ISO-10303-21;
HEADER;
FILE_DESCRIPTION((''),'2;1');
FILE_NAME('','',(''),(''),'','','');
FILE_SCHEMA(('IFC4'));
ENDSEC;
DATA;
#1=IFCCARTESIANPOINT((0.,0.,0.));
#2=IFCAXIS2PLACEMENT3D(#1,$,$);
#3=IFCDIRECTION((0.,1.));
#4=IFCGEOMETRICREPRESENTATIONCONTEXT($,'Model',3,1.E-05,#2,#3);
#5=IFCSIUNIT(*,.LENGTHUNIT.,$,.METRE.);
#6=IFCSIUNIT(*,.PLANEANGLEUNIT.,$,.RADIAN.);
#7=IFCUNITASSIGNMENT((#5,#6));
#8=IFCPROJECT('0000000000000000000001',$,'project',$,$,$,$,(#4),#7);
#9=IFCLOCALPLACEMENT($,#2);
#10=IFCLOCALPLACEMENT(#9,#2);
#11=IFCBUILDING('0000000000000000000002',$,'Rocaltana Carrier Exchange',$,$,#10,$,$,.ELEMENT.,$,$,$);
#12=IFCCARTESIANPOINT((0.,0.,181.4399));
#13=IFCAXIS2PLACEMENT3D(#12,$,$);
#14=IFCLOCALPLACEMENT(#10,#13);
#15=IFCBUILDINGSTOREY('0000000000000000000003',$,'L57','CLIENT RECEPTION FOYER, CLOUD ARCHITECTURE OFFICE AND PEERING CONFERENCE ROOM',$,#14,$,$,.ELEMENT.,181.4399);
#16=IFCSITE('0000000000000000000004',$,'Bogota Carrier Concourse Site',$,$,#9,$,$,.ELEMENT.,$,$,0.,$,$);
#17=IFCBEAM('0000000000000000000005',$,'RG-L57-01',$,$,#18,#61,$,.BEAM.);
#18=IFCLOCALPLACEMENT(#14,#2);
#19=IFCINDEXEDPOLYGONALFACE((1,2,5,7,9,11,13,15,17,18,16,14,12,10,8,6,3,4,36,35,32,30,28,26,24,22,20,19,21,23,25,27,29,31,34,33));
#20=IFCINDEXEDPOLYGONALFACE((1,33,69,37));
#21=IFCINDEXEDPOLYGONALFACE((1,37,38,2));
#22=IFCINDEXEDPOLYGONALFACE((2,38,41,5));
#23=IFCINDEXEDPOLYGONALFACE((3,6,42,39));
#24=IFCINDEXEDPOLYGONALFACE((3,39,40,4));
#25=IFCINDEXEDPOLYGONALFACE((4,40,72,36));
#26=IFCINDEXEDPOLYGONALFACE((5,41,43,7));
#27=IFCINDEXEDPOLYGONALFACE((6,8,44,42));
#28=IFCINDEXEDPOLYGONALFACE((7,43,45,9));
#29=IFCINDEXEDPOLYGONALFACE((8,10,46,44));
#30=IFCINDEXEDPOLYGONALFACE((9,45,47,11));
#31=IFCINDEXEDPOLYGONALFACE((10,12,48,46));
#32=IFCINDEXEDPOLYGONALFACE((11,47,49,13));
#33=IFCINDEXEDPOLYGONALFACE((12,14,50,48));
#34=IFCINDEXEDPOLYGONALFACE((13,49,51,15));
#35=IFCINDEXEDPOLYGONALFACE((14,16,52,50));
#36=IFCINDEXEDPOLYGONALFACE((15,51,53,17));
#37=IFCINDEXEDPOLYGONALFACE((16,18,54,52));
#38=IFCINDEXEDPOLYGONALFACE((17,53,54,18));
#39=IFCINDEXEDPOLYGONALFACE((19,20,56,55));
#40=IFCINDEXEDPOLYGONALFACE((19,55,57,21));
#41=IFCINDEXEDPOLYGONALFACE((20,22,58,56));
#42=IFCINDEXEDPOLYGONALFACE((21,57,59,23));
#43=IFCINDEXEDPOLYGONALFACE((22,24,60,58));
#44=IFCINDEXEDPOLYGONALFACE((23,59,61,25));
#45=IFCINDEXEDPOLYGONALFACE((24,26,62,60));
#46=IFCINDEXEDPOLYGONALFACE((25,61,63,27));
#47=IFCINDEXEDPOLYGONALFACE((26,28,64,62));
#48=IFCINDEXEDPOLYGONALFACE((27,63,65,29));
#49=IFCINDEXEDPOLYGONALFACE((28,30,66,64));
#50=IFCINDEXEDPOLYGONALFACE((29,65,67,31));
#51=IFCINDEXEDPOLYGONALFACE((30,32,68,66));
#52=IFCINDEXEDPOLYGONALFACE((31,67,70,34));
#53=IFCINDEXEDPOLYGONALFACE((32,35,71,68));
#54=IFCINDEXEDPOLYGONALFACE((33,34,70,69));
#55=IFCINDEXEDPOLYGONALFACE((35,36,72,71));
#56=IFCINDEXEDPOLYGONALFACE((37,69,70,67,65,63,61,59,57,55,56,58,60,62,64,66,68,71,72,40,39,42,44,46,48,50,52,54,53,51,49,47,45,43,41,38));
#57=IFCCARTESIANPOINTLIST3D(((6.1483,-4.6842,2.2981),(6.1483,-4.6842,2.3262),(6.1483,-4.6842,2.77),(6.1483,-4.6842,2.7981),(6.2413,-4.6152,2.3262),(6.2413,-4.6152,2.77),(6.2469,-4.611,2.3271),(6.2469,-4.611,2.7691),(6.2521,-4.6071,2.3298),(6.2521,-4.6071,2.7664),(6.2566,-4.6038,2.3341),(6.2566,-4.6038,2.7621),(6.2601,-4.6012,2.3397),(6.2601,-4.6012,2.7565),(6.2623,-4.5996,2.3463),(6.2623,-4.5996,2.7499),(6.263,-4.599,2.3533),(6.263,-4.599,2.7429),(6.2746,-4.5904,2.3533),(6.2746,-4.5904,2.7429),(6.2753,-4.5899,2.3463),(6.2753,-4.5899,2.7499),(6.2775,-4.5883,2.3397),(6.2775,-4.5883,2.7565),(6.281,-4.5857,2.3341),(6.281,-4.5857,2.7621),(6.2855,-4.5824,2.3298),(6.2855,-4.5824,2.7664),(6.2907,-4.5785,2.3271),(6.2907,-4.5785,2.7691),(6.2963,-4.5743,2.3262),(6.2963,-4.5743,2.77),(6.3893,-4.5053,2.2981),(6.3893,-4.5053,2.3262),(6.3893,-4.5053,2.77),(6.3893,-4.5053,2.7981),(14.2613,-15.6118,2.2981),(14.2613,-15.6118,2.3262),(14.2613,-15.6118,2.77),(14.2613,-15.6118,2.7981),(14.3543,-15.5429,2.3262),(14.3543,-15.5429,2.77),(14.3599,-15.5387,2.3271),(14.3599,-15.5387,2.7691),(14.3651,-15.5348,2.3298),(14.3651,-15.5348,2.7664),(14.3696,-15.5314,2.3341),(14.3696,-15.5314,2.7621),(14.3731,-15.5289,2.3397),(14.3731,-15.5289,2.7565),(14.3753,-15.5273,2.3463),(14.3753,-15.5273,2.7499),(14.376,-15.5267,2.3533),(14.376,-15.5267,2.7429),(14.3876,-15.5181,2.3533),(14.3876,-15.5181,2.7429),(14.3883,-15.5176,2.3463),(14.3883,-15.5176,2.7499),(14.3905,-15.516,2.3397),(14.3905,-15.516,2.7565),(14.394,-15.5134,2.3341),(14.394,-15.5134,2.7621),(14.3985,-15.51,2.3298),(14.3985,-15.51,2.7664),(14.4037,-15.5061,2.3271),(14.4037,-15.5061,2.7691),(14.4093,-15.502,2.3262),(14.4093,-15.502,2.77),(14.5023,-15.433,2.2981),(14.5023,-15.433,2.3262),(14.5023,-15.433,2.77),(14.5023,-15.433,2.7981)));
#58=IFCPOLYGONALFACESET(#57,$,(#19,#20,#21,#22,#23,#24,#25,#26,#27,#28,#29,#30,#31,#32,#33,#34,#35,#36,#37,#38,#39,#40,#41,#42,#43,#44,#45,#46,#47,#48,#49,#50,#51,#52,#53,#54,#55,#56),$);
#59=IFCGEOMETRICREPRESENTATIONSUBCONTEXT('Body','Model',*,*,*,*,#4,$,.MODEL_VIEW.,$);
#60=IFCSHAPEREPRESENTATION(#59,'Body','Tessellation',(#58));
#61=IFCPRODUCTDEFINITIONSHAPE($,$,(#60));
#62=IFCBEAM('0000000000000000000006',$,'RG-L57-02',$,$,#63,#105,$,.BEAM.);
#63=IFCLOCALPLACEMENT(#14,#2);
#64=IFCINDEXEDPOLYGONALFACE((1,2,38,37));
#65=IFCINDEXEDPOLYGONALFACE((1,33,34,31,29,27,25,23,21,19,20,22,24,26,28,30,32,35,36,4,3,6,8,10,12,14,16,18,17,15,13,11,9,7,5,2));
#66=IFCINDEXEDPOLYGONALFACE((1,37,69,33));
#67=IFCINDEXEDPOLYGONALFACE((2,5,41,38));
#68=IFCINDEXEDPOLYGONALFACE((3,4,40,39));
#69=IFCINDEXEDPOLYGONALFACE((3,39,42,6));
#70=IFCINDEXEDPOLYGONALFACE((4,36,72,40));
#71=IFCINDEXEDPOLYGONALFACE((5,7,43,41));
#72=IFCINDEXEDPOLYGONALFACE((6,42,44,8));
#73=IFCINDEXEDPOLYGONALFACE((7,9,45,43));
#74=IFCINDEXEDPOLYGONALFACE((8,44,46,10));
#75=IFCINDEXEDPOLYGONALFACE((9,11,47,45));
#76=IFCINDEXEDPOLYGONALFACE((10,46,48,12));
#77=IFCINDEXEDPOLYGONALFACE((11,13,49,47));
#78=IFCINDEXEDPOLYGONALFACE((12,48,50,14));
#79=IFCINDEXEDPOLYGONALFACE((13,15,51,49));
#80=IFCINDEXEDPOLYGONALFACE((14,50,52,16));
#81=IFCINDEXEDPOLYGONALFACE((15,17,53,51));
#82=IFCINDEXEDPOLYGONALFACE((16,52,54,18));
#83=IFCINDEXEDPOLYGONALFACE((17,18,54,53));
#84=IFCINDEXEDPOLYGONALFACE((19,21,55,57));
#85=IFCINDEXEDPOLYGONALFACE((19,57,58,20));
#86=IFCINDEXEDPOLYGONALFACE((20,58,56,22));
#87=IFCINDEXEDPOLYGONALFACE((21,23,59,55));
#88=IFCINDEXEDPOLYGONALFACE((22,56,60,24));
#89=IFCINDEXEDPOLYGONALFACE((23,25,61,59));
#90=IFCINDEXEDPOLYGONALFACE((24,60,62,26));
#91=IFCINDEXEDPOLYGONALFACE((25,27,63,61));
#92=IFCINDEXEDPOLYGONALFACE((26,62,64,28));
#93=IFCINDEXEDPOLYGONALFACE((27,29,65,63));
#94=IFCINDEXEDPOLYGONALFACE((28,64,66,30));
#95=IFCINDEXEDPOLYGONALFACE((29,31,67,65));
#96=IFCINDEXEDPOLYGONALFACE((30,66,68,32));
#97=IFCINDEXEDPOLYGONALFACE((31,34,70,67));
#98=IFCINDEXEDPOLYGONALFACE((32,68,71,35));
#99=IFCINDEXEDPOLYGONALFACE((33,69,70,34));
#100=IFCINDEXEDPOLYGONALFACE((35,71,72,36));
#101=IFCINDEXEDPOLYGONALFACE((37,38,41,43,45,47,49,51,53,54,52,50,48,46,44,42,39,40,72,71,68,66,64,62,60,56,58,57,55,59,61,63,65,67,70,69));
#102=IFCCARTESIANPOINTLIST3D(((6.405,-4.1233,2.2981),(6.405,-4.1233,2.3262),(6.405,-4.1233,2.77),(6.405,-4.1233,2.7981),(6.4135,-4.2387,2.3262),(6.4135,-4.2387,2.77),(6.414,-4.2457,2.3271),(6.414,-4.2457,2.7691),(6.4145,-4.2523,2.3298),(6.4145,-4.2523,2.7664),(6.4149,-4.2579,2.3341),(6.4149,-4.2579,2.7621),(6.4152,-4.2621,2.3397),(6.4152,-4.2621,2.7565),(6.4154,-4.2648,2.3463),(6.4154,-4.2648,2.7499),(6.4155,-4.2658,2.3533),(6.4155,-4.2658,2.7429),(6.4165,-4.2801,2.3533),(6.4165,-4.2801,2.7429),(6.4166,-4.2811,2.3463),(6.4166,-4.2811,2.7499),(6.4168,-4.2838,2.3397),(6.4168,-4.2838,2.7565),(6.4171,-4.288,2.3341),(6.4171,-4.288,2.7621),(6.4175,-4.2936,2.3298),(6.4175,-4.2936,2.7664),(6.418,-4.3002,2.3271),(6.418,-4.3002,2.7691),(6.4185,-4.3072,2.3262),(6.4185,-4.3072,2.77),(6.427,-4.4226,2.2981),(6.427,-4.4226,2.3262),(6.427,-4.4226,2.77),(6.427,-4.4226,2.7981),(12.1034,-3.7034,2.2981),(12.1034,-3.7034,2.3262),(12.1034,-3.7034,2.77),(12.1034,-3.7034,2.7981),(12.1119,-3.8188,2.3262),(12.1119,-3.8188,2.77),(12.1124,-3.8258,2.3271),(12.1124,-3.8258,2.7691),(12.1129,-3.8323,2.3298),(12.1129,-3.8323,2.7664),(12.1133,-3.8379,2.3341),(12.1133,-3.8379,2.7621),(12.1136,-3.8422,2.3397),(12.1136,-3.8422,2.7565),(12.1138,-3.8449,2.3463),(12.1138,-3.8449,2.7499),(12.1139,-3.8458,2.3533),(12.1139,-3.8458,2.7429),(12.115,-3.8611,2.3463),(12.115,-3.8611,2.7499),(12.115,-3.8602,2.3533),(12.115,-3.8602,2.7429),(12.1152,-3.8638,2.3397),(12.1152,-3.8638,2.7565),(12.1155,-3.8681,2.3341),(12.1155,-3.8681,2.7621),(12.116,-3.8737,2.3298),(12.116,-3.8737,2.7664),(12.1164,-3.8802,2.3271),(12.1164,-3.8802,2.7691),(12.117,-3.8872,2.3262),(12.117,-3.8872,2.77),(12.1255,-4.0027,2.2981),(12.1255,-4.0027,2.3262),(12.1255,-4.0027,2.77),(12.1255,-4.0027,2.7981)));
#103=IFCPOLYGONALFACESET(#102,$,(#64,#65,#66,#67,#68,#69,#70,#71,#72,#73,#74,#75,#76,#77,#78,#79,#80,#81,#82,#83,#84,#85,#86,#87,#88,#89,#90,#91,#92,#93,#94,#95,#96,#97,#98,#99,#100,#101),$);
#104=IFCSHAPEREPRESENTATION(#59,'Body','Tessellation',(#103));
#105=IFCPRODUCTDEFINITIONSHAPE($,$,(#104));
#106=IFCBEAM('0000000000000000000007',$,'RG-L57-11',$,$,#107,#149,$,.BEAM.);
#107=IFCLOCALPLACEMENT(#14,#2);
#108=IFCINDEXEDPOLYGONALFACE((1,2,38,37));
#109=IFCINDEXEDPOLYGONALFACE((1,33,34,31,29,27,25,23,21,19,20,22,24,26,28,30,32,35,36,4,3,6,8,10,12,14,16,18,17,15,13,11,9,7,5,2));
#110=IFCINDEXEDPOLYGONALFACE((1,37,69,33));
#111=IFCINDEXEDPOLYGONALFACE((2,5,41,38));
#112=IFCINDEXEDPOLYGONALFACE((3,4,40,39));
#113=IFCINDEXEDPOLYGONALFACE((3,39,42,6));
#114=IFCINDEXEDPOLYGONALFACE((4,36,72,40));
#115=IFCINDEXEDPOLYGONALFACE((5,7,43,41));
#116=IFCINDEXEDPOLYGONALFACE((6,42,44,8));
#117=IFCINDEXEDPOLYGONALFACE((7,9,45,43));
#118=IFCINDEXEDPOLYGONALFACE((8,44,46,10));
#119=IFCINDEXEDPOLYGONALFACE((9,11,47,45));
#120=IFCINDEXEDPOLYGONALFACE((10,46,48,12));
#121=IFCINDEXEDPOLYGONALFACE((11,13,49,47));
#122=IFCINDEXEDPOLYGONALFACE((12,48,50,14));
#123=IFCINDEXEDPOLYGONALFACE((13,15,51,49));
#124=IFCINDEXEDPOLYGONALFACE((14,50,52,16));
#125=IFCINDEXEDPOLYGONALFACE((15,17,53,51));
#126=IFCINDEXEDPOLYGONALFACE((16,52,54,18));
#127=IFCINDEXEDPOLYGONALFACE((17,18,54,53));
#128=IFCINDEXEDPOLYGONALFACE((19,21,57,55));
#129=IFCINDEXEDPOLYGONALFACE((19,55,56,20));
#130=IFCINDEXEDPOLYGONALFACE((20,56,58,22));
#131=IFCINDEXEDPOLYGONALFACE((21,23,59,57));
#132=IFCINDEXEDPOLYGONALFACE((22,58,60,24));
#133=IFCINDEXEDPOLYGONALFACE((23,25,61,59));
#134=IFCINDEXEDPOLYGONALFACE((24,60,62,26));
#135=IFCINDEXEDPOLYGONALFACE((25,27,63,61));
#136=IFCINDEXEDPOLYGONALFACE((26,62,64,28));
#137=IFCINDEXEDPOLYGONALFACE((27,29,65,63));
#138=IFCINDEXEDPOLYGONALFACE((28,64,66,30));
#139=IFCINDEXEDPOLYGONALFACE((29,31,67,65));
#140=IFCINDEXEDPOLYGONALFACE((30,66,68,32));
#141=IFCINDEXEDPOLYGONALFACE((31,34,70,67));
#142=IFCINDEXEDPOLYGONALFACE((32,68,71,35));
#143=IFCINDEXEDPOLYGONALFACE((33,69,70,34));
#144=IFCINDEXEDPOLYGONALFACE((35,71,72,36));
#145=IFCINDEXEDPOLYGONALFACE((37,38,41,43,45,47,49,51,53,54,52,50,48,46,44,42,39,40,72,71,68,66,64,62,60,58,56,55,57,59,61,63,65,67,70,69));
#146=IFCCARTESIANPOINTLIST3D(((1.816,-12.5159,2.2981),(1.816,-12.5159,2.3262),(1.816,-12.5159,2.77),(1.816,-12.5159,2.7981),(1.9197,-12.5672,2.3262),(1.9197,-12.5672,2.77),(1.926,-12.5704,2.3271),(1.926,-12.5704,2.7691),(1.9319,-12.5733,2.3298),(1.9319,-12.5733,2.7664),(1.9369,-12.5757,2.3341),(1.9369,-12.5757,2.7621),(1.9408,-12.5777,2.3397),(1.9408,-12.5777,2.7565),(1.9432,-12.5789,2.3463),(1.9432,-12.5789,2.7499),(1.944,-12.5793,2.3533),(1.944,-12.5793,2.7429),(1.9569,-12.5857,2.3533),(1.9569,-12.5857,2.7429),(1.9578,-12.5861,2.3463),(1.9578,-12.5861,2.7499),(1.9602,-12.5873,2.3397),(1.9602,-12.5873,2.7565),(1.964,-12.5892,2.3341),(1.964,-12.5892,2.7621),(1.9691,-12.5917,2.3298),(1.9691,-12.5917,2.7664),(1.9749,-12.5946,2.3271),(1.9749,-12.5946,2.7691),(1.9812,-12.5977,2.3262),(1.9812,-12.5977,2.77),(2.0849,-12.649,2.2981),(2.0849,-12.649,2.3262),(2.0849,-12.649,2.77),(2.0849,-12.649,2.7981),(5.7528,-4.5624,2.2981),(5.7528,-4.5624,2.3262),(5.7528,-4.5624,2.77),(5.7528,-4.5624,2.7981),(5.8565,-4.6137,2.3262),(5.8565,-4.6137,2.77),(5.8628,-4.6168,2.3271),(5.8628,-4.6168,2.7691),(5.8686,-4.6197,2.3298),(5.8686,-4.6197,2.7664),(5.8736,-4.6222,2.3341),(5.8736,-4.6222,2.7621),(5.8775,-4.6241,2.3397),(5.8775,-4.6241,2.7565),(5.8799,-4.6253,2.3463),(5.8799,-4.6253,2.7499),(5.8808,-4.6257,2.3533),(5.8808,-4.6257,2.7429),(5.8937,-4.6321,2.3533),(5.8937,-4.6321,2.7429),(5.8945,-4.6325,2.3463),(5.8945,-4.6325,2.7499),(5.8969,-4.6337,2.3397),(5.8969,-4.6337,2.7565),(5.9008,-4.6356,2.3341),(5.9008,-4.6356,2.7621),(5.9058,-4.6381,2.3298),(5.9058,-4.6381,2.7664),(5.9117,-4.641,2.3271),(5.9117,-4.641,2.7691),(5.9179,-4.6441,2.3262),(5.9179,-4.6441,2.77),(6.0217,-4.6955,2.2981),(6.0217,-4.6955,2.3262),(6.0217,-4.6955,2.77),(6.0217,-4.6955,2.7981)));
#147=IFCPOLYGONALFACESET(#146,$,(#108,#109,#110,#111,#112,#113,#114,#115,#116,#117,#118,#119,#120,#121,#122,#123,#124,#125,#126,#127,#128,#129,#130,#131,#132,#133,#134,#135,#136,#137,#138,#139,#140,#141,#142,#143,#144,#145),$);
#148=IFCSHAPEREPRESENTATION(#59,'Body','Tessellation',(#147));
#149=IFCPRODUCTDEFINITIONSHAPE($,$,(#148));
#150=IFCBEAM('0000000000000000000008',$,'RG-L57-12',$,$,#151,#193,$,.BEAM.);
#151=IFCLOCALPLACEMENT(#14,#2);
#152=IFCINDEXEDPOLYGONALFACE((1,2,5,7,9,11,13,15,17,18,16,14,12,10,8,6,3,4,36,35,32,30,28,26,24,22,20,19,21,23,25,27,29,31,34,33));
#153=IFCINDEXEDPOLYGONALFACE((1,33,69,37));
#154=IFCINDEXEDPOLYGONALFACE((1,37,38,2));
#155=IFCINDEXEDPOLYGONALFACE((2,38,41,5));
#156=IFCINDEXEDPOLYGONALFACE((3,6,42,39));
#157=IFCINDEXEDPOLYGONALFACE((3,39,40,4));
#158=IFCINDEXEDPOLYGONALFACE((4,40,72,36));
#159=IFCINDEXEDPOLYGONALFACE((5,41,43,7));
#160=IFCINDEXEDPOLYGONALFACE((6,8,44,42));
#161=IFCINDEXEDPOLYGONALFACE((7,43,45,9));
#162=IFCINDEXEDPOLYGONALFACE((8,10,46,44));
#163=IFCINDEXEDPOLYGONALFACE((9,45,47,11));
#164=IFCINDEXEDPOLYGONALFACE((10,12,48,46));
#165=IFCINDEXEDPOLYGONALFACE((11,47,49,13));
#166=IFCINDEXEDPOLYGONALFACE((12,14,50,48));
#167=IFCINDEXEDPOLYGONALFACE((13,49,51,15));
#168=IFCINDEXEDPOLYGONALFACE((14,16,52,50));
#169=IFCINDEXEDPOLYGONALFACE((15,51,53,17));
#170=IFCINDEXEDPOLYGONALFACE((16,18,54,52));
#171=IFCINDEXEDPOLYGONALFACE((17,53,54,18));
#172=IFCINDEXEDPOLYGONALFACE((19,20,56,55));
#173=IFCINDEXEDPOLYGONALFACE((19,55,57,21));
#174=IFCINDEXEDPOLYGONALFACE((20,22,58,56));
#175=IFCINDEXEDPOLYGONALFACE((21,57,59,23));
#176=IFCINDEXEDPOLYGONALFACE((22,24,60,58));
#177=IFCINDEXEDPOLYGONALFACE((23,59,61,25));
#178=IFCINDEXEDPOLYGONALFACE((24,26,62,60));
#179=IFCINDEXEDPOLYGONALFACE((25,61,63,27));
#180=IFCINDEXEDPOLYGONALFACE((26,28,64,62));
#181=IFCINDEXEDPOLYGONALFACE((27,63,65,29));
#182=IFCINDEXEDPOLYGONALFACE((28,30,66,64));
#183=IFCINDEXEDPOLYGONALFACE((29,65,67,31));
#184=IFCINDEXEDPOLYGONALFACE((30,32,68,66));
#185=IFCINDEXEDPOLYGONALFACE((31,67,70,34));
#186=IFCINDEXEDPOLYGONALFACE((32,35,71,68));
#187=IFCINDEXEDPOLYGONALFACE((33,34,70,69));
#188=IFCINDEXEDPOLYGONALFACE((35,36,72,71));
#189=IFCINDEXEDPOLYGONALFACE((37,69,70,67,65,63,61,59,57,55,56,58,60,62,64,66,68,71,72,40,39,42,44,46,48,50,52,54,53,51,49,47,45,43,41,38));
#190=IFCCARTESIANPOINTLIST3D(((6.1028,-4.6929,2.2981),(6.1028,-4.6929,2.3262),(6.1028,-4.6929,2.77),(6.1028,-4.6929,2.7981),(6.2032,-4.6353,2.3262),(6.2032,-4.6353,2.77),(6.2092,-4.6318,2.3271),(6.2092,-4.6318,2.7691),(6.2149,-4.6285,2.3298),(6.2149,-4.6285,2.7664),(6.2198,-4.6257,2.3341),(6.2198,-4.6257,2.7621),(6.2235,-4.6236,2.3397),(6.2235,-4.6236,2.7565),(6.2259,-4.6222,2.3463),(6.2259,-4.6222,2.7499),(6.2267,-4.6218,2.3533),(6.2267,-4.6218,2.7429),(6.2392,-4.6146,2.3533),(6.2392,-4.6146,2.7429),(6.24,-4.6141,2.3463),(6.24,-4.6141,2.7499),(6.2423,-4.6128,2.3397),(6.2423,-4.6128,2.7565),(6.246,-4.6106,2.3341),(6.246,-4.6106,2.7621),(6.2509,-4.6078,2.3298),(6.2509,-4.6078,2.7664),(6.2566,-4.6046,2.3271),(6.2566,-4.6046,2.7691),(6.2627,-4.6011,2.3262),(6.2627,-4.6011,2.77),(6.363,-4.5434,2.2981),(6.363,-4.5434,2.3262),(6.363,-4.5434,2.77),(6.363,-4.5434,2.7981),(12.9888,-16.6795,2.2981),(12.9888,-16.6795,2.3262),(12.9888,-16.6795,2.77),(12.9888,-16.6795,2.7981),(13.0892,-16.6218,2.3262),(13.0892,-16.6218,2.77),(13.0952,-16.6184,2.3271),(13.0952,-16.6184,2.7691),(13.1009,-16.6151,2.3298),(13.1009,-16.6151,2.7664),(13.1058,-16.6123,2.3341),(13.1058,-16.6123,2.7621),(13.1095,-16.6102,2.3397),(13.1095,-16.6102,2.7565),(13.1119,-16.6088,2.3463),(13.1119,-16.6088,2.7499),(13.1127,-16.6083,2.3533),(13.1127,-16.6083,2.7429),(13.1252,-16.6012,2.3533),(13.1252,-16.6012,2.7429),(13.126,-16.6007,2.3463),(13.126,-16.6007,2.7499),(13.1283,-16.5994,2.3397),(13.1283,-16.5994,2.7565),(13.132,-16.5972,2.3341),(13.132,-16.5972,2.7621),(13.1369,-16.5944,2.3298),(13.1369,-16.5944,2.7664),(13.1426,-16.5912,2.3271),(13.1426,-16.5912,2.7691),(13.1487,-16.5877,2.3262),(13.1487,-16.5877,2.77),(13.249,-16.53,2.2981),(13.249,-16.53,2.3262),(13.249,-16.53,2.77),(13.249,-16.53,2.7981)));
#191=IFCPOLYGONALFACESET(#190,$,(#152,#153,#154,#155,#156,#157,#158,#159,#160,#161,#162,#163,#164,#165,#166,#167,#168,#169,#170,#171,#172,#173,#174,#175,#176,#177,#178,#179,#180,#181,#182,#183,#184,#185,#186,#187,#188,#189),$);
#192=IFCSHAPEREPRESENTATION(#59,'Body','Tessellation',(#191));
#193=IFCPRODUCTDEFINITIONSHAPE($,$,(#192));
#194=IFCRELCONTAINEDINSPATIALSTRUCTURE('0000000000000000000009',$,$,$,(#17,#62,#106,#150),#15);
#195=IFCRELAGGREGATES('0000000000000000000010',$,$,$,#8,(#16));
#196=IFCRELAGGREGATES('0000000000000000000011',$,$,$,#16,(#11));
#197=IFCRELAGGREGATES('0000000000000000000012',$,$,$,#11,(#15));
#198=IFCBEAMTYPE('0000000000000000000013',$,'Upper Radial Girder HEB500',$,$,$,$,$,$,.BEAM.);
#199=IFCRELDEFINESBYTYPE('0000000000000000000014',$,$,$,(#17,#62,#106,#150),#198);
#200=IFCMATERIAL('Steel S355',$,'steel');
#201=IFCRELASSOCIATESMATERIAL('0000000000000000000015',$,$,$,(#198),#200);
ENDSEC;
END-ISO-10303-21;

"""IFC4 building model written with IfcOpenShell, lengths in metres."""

from ifc_helpers import new_model, si_unit, direction, frame, origin, origin_2d, place, context, subcontext, project, spatial, i_section, extrude, material, material_profile, profile_set, type_object, element, save


model = new_model("IFC4")

# Units and contexts
model_context = context("Model", 3, precision=1e-05, world=origin(), true_north=direction((0.0, 1.0)))
body_context = subcontext(model_context, "Body", "Model", "MODEL_VIEW")
ifc_project = project(units=[si_unit("LENGTHUNIT", "METRE"), si_unit("PLANEANGLEUNIT", "RADIAN")], contexts=[model_context])

# Site, building, storey
site_placement = place(None, origin())
site = spatial("IfcSite", under=ifc_project, at=site_placement, Name="Bogota Carrier Concourse Site", CompositionType="ELEMENT", RefElevation=0.0)
building_placement = place(site_placement, origin())
building = spatial("IfcBuilding", under=site, at=building_placement, Name="Rocaltana Carrier Exchange", CompositionType="ELEMENT")
storey_placement = place(building_placement, frame((0.0, 0.0, 181.4399)))
storey = spatial("IfcBuildingStorey", under=building, at=storey_placement, Name="L57", Description="CLIENT RECEPTION FOYER, CLOUD ARCHITECTURE OFFICE AND PEERING CONFERENCE ROOM", CompositionType="ELEMENT", Elevation=181.4399)

# Beams
ifc_material_1 = material(Name="Steel S355", Category="steel")
ifc_material_profile_1 = material_profile(ifc_material_1, i_section(OverallWidth=0.3, OverallDepth=0.5, WebThickness=0.0144, FlangeThickness=0.0281, FilletRadius=0.0271, at=origin_2d()), Name="HEB500")
ifc_profile_set_1 = profile_set([ifc_material_profile_1], Name="Steel S355")
beam_type_1 = type_object("IfcBeamType", Name="Upper Radial Girder HEB500", PredefinedType="BEAM", material=ifc_profile_set_1)
beam_1_placement = place(storey_placement, frame((6.2688, -4.5947, 2.5481), z_axis=(0.596101, -0.802909, 0.0), x_axis=(0.802909, 0.596101, 0.0)))
element("IfcBeam", 1, at=beam_1_placement, inside=storey, type_object=beam_type_1, Name="RG-L57-01", PredefinedType="BEAM", context=body_context, shape_type="SweptSolid", body=[
    extrude(i_section(OverallWidth=0.3, OverallDepth=0.5, WebThickness=0.0144, FlangeThickness=0.0281, FilletRadius=0.0271, at=origin_2d()), origin(), (0.0, 0.0, 1.0), 13.6101),
])
beam_2_placement = place(storey_placement, frame((6.416, -4.2729, 2.5481), z_axis=(0.997296, 0.073491, 0.0), x_axis=(-0.073491, 0.997296, 0.0)))
element("IfcBeam", 2, at=beam_2_placement, inside=storey, type_object=beam_type_1, Name="RG-L57-02", PredefinedType="BEAM", context=body_context, shape_type="SweptSolid", body=[
    extrude(i_section(OverallWidth=0.3, OverallDepth=0.5, WebThickness=0.0144, FlangeThickness=0.0281, FilletRadius=0.0271, at=origin_2d()), origin(), (0.0, 0.0, 1.0), 5.7139),
])
beam_3_placement = place(storey_placement, frame((5.8872, -4.6289, 2.5481), z_axis=(-0.443601, -0.896225, 0.0), x_axis=(0.896225, -0.443601, 0.0)))
element("IfcBeam", 3, at=beam_3_placement, inside=storey, type_object=beam_type_1, Name="RG-L57-11", PredefinedType="BEAM", context=body_context, shape_type="SweptSolid", body=[
    extrude(i_section(OverallWidth=0.3, OverallDepth=0.5, WebThickness=0.0144, FlangeThickness=0.0281, FilletRadius=0.0271, at=origin_2d()), origin(), (0.0, 0.0, 1.0), 8.8745),
])
beam_4_placement = place(storey_placement, frame((6.2329, -4.6182, 2.5481), z_axis=(0.498129, -0.867103, 0.0), x_axis=(0.867103, 0.498129, 0.0)))
element("IfcBeam", 4, at=beam_4_placement, inside=storey, type_object=beam_type_1, Name="RG-L57-12", PredefinedType="BEAM", context=body_context, shape_type="SweptSolid", body=[
    extrude(i_section(OverallWidth=0.3, OverallDepth=0.5, WebThickness=0.0144, FlangeThickness=0.0281, FilletRadius=0.0271, at=origin_2d()), origin(), (0.0, 0.0, 1.0), 13.8237),
])

save(model, "model.ifc")
